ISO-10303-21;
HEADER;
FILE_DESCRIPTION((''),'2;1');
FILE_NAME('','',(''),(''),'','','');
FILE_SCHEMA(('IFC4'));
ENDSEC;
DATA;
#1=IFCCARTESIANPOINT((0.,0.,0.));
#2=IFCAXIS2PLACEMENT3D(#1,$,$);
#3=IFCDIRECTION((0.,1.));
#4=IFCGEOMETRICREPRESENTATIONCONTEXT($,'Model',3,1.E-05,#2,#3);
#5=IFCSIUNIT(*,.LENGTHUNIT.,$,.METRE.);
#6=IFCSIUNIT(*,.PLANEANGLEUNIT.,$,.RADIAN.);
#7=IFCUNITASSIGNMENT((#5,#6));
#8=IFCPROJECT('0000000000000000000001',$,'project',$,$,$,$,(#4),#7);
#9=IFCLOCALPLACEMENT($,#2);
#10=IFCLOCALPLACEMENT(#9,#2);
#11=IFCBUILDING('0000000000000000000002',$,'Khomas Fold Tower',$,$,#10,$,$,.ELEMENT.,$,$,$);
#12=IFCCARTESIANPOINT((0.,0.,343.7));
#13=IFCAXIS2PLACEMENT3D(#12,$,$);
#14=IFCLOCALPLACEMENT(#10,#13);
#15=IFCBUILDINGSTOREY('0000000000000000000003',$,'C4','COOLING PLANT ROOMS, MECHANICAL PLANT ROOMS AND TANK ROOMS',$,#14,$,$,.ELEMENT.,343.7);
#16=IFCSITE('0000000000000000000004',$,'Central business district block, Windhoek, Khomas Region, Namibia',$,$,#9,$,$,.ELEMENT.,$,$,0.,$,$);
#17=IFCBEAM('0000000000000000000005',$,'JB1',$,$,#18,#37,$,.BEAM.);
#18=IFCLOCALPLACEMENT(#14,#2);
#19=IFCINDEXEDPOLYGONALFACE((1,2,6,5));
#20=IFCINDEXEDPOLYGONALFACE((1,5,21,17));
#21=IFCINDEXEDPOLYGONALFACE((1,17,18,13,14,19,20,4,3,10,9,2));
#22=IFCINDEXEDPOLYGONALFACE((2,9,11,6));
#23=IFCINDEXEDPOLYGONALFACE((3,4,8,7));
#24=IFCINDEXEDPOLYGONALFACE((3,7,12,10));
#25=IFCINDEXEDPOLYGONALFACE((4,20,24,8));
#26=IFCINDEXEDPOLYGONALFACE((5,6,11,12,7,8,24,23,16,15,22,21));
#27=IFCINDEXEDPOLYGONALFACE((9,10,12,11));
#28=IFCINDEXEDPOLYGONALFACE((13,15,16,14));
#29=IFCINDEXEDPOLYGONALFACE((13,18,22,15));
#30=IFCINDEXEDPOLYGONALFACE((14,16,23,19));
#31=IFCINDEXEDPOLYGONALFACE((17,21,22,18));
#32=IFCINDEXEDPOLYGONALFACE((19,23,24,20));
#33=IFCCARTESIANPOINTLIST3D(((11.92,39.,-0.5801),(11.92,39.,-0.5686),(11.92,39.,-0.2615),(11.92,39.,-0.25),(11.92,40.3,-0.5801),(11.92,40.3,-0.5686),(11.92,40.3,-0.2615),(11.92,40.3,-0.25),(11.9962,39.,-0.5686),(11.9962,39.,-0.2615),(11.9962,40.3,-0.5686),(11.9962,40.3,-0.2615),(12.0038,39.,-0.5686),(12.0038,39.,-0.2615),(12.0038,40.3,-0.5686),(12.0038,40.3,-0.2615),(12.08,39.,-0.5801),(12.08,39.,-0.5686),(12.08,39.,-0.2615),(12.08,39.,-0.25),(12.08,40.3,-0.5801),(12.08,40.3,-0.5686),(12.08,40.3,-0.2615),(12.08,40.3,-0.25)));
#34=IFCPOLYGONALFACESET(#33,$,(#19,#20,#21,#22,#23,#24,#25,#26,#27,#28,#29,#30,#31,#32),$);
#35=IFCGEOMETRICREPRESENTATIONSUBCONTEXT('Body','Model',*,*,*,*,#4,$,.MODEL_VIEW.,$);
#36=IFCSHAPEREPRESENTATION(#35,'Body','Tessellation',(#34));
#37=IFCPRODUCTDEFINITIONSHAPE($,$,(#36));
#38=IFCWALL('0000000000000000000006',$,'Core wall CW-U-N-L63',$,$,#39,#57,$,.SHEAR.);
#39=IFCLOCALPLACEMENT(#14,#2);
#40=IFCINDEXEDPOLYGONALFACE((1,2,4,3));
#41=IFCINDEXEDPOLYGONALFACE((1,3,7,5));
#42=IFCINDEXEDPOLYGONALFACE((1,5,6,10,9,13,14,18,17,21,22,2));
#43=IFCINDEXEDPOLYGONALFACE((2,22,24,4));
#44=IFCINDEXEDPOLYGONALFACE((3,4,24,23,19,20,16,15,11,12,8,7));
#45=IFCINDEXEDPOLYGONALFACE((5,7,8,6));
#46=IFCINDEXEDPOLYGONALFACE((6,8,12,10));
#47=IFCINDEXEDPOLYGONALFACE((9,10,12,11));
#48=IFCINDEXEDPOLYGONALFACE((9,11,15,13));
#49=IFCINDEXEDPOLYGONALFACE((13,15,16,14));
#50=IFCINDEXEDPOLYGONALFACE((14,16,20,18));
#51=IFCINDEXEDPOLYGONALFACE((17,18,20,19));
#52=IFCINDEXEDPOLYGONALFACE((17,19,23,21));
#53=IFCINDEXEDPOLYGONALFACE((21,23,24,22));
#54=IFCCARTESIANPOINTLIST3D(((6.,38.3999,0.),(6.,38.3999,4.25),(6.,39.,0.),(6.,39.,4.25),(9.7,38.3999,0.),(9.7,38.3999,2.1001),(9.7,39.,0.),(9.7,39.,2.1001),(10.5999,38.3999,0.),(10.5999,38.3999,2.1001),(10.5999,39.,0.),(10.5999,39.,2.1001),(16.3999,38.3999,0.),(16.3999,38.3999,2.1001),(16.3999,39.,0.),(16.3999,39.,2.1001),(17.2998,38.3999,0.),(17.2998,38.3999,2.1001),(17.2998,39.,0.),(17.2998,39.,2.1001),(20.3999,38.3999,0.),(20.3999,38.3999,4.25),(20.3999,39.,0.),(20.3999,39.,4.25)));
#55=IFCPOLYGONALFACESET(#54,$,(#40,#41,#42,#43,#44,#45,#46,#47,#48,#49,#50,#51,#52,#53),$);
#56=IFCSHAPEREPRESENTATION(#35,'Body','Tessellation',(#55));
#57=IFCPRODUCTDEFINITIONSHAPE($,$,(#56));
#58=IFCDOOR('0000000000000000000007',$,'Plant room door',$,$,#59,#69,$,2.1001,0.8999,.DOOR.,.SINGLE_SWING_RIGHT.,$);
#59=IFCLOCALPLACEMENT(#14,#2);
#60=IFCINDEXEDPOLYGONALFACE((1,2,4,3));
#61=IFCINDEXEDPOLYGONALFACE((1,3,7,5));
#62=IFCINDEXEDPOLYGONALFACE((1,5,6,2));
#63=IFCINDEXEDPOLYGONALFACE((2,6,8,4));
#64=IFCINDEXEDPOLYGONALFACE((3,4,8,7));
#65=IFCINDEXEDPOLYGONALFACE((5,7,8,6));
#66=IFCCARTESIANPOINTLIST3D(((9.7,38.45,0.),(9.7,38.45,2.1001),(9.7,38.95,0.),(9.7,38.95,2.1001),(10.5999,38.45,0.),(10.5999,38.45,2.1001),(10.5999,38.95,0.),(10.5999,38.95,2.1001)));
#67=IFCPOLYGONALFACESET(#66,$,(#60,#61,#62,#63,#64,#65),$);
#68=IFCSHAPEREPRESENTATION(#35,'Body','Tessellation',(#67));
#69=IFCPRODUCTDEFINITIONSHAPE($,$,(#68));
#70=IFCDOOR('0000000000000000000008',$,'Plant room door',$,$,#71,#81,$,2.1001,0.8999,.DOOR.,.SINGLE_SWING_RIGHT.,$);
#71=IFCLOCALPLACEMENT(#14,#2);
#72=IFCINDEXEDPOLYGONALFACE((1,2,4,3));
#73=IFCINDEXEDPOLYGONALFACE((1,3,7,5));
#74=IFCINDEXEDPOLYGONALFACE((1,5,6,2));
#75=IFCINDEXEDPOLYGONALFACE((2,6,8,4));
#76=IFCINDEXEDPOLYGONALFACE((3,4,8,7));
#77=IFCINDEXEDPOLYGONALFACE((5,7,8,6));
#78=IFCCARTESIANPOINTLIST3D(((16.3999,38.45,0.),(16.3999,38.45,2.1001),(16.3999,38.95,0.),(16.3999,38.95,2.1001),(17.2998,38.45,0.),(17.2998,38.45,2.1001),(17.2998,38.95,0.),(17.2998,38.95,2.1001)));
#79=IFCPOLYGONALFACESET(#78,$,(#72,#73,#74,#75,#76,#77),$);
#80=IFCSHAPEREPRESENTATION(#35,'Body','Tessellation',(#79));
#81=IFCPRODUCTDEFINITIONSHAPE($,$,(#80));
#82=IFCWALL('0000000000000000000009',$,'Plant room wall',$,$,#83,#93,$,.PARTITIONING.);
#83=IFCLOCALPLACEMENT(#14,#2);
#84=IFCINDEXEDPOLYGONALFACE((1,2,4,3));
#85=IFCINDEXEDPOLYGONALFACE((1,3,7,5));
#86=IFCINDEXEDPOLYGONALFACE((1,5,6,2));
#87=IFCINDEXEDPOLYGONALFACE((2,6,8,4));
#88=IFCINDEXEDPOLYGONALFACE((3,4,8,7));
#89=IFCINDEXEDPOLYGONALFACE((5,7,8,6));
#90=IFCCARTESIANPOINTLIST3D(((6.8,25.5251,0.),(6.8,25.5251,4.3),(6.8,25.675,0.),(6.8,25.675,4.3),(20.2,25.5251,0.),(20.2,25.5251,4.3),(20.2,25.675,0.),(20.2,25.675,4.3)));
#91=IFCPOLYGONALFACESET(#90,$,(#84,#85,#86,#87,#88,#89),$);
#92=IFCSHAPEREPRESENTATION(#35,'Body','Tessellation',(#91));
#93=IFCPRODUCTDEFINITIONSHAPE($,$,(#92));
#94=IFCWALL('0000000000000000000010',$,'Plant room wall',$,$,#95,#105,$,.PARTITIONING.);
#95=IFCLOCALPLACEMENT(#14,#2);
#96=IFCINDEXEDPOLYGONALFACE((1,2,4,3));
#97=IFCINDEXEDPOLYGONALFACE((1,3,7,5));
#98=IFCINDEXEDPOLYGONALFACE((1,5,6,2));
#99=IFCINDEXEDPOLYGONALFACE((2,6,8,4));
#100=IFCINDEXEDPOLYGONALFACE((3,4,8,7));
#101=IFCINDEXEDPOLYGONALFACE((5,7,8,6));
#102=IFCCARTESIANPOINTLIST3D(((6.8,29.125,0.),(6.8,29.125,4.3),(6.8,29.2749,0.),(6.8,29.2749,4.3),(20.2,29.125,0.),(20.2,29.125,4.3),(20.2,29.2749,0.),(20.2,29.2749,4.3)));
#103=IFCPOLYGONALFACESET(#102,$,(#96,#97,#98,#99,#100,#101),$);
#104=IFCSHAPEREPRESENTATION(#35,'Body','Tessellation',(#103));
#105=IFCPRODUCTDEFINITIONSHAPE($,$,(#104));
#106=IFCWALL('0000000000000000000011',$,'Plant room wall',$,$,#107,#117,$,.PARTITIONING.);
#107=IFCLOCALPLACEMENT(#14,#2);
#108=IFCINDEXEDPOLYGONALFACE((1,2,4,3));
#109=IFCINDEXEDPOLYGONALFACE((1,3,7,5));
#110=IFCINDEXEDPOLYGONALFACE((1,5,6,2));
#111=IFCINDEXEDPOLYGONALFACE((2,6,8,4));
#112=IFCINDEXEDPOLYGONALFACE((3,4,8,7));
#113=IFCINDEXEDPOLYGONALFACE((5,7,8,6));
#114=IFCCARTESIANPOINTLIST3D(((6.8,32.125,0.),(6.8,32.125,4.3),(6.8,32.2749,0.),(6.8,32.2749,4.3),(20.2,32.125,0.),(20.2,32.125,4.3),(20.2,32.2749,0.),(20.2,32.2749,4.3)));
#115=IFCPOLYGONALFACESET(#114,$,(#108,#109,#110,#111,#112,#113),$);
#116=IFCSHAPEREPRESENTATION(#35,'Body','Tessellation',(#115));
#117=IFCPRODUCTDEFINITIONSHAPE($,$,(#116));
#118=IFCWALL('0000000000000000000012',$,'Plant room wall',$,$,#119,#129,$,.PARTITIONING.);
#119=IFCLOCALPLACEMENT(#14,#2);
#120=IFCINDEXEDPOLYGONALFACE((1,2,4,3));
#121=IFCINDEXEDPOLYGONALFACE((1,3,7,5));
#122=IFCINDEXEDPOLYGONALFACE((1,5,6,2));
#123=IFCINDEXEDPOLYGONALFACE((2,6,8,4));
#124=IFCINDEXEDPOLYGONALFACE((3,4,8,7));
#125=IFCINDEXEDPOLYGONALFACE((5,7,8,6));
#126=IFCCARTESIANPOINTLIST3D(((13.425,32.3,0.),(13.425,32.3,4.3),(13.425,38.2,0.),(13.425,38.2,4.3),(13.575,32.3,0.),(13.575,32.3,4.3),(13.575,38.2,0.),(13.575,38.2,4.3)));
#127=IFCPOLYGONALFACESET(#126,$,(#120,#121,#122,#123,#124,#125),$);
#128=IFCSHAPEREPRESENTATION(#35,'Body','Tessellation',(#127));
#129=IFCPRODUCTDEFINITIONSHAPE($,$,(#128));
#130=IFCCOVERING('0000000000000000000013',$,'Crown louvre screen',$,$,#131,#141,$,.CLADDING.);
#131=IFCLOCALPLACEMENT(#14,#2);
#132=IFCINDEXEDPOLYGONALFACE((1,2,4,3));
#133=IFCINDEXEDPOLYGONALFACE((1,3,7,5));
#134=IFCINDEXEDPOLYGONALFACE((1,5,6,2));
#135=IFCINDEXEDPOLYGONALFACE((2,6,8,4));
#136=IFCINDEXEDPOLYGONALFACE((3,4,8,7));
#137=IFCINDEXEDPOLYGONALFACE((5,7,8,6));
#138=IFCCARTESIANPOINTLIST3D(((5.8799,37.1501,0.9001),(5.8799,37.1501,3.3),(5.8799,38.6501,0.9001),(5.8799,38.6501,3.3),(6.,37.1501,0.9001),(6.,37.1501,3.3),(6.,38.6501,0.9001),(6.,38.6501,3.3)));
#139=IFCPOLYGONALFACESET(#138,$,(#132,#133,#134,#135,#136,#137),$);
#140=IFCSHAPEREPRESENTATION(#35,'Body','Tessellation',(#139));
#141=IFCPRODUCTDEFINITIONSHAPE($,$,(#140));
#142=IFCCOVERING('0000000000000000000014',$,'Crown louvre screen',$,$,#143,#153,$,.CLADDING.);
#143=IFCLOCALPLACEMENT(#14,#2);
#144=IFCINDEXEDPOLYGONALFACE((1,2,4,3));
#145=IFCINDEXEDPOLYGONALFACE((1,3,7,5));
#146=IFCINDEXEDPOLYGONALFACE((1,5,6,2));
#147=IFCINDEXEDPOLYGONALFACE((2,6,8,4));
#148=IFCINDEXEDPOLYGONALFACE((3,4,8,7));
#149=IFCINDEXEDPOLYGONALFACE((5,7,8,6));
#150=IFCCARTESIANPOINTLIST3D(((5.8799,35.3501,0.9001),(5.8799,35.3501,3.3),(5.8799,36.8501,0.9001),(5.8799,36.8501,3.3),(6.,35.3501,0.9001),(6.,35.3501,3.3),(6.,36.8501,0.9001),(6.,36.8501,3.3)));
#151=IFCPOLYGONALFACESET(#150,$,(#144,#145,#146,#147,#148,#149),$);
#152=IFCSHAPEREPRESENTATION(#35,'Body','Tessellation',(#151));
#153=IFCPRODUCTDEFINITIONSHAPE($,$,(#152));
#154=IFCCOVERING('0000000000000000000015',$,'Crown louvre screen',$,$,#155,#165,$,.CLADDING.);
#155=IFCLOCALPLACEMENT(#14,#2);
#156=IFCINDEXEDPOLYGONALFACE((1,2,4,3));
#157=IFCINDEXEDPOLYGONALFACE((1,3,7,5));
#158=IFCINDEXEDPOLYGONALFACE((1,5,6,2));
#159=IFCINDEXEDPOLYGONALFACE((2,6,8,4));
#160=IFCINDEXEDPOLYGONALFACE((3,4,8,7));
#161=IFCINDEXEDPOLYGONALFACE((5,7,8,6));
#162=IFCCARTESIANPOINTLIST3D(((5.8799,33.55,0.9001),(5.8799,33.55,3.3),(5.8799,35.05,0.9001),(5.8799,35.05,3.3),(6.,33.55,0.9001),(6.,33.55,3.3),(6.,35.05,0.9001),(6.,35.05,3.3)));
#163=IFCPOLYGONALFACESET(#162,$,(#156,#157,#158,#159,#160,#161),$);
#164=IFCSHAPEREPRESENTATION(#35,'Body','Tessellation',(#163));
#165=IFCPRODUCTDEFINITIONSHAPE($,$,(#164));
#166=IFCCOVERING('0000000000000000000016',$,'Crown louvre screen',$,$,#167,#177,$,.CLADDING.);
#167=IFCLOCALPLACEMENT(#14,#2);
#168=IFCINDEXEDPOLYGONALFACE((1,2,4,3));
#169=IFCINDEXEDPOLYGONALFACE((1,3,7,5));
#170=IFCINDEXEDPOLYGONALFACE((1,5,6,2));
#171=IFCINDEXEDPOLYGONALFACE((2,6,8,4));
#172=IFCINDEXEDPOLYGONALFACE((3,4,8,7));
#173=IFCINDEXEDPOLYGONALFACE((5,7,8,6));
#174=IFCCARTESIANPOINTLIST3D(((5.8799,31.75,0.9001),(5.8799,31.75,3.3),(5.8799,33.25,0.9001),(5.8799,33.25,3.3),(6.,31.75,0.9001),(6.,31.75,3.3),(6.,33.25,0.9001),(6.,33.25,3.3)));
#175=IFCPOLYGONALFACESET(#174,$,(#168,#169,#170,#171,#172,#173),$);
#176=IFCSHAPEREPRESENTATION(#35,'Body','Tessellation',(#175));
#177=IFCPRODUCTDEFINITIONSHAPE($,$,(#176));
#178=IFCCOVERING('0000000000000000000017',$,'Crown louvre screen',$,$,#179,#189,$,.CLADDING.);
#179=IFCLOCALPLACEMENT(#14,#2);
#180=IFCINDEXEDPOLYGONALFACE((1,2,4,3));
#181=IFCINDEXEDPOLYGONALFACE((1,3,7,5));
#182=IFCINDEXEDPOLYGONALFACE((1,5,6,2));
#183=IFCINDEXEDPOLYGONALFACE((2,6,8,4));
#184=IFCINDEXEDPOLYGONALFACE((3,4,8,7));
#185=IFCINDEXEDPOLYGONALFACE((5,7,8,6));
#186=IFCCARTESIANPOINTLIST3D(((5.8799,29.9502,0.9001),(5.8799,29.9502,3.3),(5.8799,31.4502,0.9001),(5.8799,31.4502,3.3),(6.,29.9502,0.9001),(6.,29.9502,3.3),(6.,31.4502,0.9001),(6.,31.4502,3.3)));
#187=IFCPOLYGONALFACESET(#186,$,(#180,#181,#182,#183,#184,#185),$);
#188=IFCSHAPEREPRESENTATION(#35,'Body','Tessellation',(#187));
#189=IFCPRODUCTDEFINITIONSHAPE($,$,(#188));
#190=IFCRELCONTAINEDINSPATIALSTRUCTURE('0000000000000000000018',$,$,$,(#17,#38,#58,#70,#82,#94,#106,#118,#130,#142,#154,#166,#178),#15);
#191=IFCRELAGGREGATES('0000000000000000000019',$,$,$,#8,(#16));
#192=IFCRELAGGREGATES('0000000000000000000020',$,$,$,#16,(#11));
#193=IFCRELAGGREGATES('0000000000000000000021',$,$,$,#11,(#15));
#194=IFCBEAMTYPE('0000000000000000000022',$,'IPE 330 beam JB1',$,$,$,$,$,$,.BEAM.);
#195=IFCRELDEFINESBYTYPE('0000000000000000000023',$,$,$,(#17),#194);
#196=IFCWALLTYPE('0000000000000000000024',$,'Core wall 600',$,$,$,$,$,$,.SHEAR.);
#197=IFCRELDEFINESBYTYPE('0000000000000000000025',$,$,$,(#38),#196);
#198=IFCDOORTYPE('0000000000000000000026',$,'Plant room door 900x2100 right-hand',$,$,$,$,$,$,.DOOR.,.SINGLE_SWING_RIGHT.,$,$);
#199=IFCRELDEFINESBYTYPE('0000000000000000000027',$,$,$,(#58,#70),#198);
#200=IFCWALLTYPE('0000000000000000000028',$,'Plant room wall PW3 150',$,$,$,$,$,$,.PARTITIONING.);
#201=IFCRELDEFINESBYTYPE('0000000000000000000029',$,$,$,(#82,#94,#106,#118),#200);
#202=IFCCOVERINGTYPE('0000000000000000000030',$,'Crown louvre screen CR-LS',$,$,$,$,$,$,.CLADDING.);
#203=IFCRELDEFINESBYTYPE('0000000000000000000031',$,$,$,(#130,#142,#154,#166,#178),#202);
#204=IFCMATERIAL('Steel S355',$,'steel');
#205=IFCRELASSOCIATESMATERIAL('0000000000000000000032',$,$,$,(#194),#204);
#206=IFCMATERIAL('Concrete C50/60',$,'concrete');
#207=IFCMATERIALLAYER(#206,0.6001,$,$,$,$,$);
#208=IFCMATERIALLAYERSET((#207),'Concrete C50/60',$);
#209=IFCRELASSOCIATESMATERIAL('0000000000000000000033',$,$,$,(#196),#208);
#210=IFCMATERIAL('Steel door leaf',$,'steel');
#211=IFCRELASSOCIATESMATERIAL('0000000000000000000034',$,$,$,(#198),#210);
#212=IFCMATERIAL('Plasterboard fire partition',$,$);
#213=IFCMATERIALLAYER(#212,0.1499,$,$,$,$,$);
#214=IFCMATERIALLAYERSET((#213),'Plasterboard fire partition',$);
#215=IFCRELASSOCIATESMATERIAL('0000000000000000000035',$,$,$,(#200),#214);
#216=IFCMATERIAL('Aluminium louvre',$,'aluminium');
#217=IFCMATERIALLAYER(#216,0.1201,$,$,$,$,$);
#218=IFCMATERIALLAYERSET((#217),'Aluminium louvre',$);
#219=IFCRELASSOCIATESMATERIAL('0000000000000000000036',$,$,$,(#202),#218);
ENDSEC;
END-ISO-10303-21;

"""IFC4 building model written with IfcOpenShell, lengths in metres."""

from ifc_helpers import new_model, si_unit, direction, frame, frame_2d, origin, origin_2d, place, context, subcontext, project, spatial, rectangle, i_section, extrude, source, transform, mapped, material, layer, layer_set, material_profile, profile_set, type_object, element, fill, save


model = new_model("IFC4")

# Units and contexts
model_context = context("Model", 3, precision=1e-05, world=origin(), true_north=direction((0.0, 1.0)))
body_context = subcontext(model_context, "Body", "Model", "MODEL_VIEW")
ifc_project = project(units=[si_unit("LENGTHUNIT", "METRE"), si_unit("PLANEANGLEUNIT", "RADIAN")], contexts=[model_context])

# Site, building, storey
site_placement = place(None, origin())
site = spatial("IfcSite", under=ifc_project, at=site_placement, Name="Central business district block, Windhoek, Khomas Region, Namibia", CompositionType="ELEMENT", RefElevation=0.0)
building_placement = place(site_placement, origin())
building = spatial("IfcBuilding", under=site, at=building_placement, Name="Khomas Fold Tower", CompositionType="ELEMENT")
storey_placement = place(building_placement, frame((0.0, 0.0, 343.7)))
storey = spatial("IfcBuildingStorey", under=building, at=storey_placement, Name="C4", Description="COOLING PLANT ROOMS, MECHANICAL PLANT ROOMS AND TANK ROOMS", CompositionType="ELEMENT", Elevation=343.7)

# Beam
ifc_material_1 = material(Name="Steel S355", Category="steel")
ifc_material_profile = material_profile(ifc_material_1, i_section(OverallWidth=0.1599, OverallDepth=0.3301, WebThickness=0.0076, FlangeThickness=0.0115, at=origin_2d()), Name="IPE 330")
ifc_profile_set = profile_set([ifc_material_profile], Name="Steel S355")
beam_type = type_object("IfcBeamType", Name="IPE 330 beam JB1", PredefinedType="BEAM", material=ifc_profile_set)
shared_shape_1 = source(origin(), body_context, "Body", "SweptSolid", [
    extrude(i_section(OverallWidth=0.1599, OverallDepth=0.3301, WebThickness=0.0076, FlangeThickness=0.0115, at=origin_2d()), origin(), (0.0, 0.0, 1.0), 1.3),
])
beam_placement = place(storey_placement, frame((12.0, 39.0, -0.415), z_axis=(0.0, 1.0, 0.0), x_axis=(-1.0, 0.0, 0.0)))
element("IfcBeam", 1, at=beam_placement, inside=storey, type_object=beam_type, Name="JB1", PredefinedType="BEAM", context=body_context, shape_type="MappedRepresentation", body=[
    mapped(shared_shape_1, transform((0.0, 0.0, 0.0))),
])

# Wall, openings, doors
ifc_material_2 = material(Name="Concrete C50/60", Category="concrete")
ifc_layer_1 = layer(ifc_material_2, 0.6001)
ifc_layer_set_1 = layer_set([ifc_layer_1], Name="Concrete C50/60")
wall_type_1 = type_object("IfcWallType", Name="Core wall 600", PredefinedType="SHEAR", material=ifc_layer_set_1)
shared_shape_2 = source(origin(), body_context, "Body", "SweptSolid", [
    extrude(rectangle(XDim=14.3999, YDim=0.6001, at=frame_2d((7.2, 0.0))), origin(), (0.0, 0.0, 1.0), 4.25),
])
wall_1_placement = place(storey_placement, frame((6.0, 38.7, 0.0), z_axis=(0.0, 0.0, 1.0), x_axis=(1.0, 0.0, 0.0)))
wall_1 = element("IfcWall", 2, at=wall_1_placement, inside=storey, type_object=wall_type_1, Name="Core wall CW-U-N-L63", PredefinedType="SHEAR", context=body_context, shape_type="MappedRepresentation", body=[
    mapped(shared_shape_2, transform((0.0, 0.0, 0.0))),
])
shared_shape_3 = source(origin(), body_context, "Body", "SweptSolid", [
    extrude(rectangle(XDim=0.8999, YDim=2.1001, at=frame_2d((0.45, 1.05))), frame((0.0, 0.3101, 0.0), z_axis=(0.0, -1.0, 0.0), x_axis=(1.0, 0.0, 0.0)), (0.0, 0.0, 1.0), 0.6201),
])
opening_1_placement = place(wall_1_placement, frame((3.7, 0.0, 0.0)))
opening_1 = element("IfcOpeningElement", 3, at=opening_1_placement, cuts=wall_1, PredefinedType="OPENING", context=body_context, shape_type="MappedRepresentation", body=[
    mapped(shared_shape_3, transform((0.0, 0.0, 0.0))),
])
opening_2_placement = place(wall_1_placement, frame((10.3999, 0.0, 0.0)))
opening_2 = element("IfcOpeningElement", 4, at=opening_2_placement, cuts=wall_1, PredefinedType="OPENING", context=body_context, shape_type="MappedRepresentation", body=[
    mapped(shared_shape_3, transform((0.0, 0.0, 0.0))),
])
ifc_material_3 = material(Name="Steel door leaf", Category="steel")
door_type = type_object("IfcDoorType", Name="Plant room door 900x2100 right-hand", OperationType="SINGLE_SWING_RIGHT", PredefinedType="DOOR", material=ifc_material_3)
shared_shape_4 = source(origin(), body_context, "Body", "SweptSolid", [
    extrude(rectangle(XDim=0.8999, YDim=2.1001, at=frame_2d((0.45, 1.05))), frame((0.0, 0.25, 0.0), z_axis=(0.0, -1.0, 0.0), x_axis=(1.0, 0.0, 0.0)), (0.0, 0.0, 1.0), 0.5),
])
door_1_placement = place(opening_1_placement, origin())
door_1 = element("IfcDoor", 5, at=door_1_placement, inside=storey, type_object=door_type, Name="Plant room door", OperationType="SINGLE_SWING_RIGHT", OverallHeight=2.1001, OverallWidth=0.8999, PredefinedType="DOOR", context=body_context, shape_type="MappedRepresentation", body=[
    mapped(shared_shape_4, transform((0.0, 0.0, 0.0))),
])
fill(opening_1, door_1)
door_2_placement = place(opening_2_placement, origin())
door_2 = element("IfcDoor", 6, at=door_2_placement, inside=storey, type_object=door_type, Name="Plant room door", OperationType="SINGLE_SWING_RIGHT", OverallHeight=2.1001, OverallWidth=0.8999, PredefinedType="DOOR", context=body_context, shape_type="MappedRepresentation", body=[
    mapped(shared_shape_4, transform((0.0, 0.0, 0.0))),
])
fill(opening_2, door_2)

# Walls
ifc_material_4 = material(Name="Plasterboard fire partition")
ifc_layer_2 = layer(ifc_material_4, 0.1499)
ifc_layer_set_2 = layer_set([ifc_layer_2], Name="Plasterboard fire partition")
wall_type_2 = type_object("IfcWallType", Name="Plant room wall PW3 150", PredefinedType="PARTITIONING", material=ifc_layer_set_2)
shared_shape_5 = source(origin(), body_context, "Body", "SweptSolid", [
    extrude(rectangle(XDim=13.3999, YDim=0.1499, at=frame_2d((6.7, 0.0))), origin(), (0.0, 0.0, 1.0), 4.3),
])
for number, where, z_axis, x_axis, name in (
    (7, (6.8, 25.6001, 0.0), (0.0, 0.0, 1.0), (1.0, 0.0, 0.0), "Plant room wall"),
    (8, (6.8, 29.2, 0.0), (0.0, 0.0, 1.0), (1.0, 0.0, 0.0), "Plant room wall"),
    (9, (6.8, 32.2, 0.0), (0.0, 0.0, 1.0), (1.0, 0.0, 0.0), "Plant room wall"),
):
    element("IfcWall", number, at=place(storey_placement, frame(where, z_axis=z_axis, x_axis=x_axis)), inside=storey, type_object=wall_type_2, Name=name, PredefinedType="PARTITIONING", context=body_context, shape_type="MappedRepresentation", body=[
        mapped(shared_shape_5, transform((0.0, 0.0, 0.0))),
    ])
shared_shape_6 = source(origin(), body_context, "Body", "SweptSolid", [
    extrude(rectangle(XDim=5.8999, YDim=0.1499, at=frame_2d((2.95, 0.0))), origin(), (0.0, 0.0, 1.0), 4.3),
])
wall_2_placement = place(storey_placement, frame((13.5, 32.3, 0.0), z_axis=(0.0, 0.0, 1.0), x_axis=(0.0, 1.0, 0.0)))
element("IfcWall", 10, at=wall_2_placement, inside=storey, type_object=wall_type_2, Name="Plant room wall", PredefinedType="PARTITIONING", context=body_context, shape_type="MappedRepresentation", body=[
    mapped(shared_shape_6, transform((0.0, 0.0, 0.0))),
])

# Coverings
ifc_material_5 = material(Name="Aluminium louvre", Category="aluminium")
ifc_layer_3 = layer(ifc_material_5, 0.1201)
ifc_layer_set_3 = layer_set([ifc_layer_3], Name="Aluminium louvre")
covering_type = type_object("IfcCoveringType", Name="Crown louvre screen CR-LS", PredefinedType="CLADDING", material=ifc_layer_set_3)
shared_shape_7 = source(origin(), body_context, "Body", "SweptSolid", [
    extrude(rectangle(XDim=1.5, YDim=0.1201, at=origin_2d()), origin(), (0.0, 0.0, 1.0), 2.3999),
])
for number, where, z_axis, x_axis, name in (
    (11, (5.9399, 37.9001, 0.9001), (0.0, 0.0, 1.0), (0.0, -1.0, 0.0), "Crown louvre screen"),
    (12, (5.9399, 36.1001, 0.9001), (0.0, 0.0, 1.0), (0.0, -1.0, 0.0), "Crown louvre screen"),
    (13, (5.9399, 34.3, 0.9001), (0.0, 0.0, 1.0), (0.0, -1.0, 0.0), "Crown louvre screen"),
    (14, (5.9399, 32.5, 0.9001), (0.0, 0.0, 1.0), (0.0, -1.0, 0.0), "Crown louvre screen"),
    (15, (5.9399, 30.7002, 0.9001), (0.0, 0.0, 1.0), (0.0, -1.0, 0.0), "Crown louvre screen"),
):
    element("IfcCovering", number, at=place(storey_placement, frame(where, z_axis=z_axis, x_axis=x_axis)), inside=storey, type_object=covering_type, Name=name, PredefinedType="CLADDING", context=body_context, shape_type="MappedRepresentation", body=[
        mapped(shared_shape_7, transform((0.0, 0.0, 0.0))),
    ])

save(model, "model.ifc")
